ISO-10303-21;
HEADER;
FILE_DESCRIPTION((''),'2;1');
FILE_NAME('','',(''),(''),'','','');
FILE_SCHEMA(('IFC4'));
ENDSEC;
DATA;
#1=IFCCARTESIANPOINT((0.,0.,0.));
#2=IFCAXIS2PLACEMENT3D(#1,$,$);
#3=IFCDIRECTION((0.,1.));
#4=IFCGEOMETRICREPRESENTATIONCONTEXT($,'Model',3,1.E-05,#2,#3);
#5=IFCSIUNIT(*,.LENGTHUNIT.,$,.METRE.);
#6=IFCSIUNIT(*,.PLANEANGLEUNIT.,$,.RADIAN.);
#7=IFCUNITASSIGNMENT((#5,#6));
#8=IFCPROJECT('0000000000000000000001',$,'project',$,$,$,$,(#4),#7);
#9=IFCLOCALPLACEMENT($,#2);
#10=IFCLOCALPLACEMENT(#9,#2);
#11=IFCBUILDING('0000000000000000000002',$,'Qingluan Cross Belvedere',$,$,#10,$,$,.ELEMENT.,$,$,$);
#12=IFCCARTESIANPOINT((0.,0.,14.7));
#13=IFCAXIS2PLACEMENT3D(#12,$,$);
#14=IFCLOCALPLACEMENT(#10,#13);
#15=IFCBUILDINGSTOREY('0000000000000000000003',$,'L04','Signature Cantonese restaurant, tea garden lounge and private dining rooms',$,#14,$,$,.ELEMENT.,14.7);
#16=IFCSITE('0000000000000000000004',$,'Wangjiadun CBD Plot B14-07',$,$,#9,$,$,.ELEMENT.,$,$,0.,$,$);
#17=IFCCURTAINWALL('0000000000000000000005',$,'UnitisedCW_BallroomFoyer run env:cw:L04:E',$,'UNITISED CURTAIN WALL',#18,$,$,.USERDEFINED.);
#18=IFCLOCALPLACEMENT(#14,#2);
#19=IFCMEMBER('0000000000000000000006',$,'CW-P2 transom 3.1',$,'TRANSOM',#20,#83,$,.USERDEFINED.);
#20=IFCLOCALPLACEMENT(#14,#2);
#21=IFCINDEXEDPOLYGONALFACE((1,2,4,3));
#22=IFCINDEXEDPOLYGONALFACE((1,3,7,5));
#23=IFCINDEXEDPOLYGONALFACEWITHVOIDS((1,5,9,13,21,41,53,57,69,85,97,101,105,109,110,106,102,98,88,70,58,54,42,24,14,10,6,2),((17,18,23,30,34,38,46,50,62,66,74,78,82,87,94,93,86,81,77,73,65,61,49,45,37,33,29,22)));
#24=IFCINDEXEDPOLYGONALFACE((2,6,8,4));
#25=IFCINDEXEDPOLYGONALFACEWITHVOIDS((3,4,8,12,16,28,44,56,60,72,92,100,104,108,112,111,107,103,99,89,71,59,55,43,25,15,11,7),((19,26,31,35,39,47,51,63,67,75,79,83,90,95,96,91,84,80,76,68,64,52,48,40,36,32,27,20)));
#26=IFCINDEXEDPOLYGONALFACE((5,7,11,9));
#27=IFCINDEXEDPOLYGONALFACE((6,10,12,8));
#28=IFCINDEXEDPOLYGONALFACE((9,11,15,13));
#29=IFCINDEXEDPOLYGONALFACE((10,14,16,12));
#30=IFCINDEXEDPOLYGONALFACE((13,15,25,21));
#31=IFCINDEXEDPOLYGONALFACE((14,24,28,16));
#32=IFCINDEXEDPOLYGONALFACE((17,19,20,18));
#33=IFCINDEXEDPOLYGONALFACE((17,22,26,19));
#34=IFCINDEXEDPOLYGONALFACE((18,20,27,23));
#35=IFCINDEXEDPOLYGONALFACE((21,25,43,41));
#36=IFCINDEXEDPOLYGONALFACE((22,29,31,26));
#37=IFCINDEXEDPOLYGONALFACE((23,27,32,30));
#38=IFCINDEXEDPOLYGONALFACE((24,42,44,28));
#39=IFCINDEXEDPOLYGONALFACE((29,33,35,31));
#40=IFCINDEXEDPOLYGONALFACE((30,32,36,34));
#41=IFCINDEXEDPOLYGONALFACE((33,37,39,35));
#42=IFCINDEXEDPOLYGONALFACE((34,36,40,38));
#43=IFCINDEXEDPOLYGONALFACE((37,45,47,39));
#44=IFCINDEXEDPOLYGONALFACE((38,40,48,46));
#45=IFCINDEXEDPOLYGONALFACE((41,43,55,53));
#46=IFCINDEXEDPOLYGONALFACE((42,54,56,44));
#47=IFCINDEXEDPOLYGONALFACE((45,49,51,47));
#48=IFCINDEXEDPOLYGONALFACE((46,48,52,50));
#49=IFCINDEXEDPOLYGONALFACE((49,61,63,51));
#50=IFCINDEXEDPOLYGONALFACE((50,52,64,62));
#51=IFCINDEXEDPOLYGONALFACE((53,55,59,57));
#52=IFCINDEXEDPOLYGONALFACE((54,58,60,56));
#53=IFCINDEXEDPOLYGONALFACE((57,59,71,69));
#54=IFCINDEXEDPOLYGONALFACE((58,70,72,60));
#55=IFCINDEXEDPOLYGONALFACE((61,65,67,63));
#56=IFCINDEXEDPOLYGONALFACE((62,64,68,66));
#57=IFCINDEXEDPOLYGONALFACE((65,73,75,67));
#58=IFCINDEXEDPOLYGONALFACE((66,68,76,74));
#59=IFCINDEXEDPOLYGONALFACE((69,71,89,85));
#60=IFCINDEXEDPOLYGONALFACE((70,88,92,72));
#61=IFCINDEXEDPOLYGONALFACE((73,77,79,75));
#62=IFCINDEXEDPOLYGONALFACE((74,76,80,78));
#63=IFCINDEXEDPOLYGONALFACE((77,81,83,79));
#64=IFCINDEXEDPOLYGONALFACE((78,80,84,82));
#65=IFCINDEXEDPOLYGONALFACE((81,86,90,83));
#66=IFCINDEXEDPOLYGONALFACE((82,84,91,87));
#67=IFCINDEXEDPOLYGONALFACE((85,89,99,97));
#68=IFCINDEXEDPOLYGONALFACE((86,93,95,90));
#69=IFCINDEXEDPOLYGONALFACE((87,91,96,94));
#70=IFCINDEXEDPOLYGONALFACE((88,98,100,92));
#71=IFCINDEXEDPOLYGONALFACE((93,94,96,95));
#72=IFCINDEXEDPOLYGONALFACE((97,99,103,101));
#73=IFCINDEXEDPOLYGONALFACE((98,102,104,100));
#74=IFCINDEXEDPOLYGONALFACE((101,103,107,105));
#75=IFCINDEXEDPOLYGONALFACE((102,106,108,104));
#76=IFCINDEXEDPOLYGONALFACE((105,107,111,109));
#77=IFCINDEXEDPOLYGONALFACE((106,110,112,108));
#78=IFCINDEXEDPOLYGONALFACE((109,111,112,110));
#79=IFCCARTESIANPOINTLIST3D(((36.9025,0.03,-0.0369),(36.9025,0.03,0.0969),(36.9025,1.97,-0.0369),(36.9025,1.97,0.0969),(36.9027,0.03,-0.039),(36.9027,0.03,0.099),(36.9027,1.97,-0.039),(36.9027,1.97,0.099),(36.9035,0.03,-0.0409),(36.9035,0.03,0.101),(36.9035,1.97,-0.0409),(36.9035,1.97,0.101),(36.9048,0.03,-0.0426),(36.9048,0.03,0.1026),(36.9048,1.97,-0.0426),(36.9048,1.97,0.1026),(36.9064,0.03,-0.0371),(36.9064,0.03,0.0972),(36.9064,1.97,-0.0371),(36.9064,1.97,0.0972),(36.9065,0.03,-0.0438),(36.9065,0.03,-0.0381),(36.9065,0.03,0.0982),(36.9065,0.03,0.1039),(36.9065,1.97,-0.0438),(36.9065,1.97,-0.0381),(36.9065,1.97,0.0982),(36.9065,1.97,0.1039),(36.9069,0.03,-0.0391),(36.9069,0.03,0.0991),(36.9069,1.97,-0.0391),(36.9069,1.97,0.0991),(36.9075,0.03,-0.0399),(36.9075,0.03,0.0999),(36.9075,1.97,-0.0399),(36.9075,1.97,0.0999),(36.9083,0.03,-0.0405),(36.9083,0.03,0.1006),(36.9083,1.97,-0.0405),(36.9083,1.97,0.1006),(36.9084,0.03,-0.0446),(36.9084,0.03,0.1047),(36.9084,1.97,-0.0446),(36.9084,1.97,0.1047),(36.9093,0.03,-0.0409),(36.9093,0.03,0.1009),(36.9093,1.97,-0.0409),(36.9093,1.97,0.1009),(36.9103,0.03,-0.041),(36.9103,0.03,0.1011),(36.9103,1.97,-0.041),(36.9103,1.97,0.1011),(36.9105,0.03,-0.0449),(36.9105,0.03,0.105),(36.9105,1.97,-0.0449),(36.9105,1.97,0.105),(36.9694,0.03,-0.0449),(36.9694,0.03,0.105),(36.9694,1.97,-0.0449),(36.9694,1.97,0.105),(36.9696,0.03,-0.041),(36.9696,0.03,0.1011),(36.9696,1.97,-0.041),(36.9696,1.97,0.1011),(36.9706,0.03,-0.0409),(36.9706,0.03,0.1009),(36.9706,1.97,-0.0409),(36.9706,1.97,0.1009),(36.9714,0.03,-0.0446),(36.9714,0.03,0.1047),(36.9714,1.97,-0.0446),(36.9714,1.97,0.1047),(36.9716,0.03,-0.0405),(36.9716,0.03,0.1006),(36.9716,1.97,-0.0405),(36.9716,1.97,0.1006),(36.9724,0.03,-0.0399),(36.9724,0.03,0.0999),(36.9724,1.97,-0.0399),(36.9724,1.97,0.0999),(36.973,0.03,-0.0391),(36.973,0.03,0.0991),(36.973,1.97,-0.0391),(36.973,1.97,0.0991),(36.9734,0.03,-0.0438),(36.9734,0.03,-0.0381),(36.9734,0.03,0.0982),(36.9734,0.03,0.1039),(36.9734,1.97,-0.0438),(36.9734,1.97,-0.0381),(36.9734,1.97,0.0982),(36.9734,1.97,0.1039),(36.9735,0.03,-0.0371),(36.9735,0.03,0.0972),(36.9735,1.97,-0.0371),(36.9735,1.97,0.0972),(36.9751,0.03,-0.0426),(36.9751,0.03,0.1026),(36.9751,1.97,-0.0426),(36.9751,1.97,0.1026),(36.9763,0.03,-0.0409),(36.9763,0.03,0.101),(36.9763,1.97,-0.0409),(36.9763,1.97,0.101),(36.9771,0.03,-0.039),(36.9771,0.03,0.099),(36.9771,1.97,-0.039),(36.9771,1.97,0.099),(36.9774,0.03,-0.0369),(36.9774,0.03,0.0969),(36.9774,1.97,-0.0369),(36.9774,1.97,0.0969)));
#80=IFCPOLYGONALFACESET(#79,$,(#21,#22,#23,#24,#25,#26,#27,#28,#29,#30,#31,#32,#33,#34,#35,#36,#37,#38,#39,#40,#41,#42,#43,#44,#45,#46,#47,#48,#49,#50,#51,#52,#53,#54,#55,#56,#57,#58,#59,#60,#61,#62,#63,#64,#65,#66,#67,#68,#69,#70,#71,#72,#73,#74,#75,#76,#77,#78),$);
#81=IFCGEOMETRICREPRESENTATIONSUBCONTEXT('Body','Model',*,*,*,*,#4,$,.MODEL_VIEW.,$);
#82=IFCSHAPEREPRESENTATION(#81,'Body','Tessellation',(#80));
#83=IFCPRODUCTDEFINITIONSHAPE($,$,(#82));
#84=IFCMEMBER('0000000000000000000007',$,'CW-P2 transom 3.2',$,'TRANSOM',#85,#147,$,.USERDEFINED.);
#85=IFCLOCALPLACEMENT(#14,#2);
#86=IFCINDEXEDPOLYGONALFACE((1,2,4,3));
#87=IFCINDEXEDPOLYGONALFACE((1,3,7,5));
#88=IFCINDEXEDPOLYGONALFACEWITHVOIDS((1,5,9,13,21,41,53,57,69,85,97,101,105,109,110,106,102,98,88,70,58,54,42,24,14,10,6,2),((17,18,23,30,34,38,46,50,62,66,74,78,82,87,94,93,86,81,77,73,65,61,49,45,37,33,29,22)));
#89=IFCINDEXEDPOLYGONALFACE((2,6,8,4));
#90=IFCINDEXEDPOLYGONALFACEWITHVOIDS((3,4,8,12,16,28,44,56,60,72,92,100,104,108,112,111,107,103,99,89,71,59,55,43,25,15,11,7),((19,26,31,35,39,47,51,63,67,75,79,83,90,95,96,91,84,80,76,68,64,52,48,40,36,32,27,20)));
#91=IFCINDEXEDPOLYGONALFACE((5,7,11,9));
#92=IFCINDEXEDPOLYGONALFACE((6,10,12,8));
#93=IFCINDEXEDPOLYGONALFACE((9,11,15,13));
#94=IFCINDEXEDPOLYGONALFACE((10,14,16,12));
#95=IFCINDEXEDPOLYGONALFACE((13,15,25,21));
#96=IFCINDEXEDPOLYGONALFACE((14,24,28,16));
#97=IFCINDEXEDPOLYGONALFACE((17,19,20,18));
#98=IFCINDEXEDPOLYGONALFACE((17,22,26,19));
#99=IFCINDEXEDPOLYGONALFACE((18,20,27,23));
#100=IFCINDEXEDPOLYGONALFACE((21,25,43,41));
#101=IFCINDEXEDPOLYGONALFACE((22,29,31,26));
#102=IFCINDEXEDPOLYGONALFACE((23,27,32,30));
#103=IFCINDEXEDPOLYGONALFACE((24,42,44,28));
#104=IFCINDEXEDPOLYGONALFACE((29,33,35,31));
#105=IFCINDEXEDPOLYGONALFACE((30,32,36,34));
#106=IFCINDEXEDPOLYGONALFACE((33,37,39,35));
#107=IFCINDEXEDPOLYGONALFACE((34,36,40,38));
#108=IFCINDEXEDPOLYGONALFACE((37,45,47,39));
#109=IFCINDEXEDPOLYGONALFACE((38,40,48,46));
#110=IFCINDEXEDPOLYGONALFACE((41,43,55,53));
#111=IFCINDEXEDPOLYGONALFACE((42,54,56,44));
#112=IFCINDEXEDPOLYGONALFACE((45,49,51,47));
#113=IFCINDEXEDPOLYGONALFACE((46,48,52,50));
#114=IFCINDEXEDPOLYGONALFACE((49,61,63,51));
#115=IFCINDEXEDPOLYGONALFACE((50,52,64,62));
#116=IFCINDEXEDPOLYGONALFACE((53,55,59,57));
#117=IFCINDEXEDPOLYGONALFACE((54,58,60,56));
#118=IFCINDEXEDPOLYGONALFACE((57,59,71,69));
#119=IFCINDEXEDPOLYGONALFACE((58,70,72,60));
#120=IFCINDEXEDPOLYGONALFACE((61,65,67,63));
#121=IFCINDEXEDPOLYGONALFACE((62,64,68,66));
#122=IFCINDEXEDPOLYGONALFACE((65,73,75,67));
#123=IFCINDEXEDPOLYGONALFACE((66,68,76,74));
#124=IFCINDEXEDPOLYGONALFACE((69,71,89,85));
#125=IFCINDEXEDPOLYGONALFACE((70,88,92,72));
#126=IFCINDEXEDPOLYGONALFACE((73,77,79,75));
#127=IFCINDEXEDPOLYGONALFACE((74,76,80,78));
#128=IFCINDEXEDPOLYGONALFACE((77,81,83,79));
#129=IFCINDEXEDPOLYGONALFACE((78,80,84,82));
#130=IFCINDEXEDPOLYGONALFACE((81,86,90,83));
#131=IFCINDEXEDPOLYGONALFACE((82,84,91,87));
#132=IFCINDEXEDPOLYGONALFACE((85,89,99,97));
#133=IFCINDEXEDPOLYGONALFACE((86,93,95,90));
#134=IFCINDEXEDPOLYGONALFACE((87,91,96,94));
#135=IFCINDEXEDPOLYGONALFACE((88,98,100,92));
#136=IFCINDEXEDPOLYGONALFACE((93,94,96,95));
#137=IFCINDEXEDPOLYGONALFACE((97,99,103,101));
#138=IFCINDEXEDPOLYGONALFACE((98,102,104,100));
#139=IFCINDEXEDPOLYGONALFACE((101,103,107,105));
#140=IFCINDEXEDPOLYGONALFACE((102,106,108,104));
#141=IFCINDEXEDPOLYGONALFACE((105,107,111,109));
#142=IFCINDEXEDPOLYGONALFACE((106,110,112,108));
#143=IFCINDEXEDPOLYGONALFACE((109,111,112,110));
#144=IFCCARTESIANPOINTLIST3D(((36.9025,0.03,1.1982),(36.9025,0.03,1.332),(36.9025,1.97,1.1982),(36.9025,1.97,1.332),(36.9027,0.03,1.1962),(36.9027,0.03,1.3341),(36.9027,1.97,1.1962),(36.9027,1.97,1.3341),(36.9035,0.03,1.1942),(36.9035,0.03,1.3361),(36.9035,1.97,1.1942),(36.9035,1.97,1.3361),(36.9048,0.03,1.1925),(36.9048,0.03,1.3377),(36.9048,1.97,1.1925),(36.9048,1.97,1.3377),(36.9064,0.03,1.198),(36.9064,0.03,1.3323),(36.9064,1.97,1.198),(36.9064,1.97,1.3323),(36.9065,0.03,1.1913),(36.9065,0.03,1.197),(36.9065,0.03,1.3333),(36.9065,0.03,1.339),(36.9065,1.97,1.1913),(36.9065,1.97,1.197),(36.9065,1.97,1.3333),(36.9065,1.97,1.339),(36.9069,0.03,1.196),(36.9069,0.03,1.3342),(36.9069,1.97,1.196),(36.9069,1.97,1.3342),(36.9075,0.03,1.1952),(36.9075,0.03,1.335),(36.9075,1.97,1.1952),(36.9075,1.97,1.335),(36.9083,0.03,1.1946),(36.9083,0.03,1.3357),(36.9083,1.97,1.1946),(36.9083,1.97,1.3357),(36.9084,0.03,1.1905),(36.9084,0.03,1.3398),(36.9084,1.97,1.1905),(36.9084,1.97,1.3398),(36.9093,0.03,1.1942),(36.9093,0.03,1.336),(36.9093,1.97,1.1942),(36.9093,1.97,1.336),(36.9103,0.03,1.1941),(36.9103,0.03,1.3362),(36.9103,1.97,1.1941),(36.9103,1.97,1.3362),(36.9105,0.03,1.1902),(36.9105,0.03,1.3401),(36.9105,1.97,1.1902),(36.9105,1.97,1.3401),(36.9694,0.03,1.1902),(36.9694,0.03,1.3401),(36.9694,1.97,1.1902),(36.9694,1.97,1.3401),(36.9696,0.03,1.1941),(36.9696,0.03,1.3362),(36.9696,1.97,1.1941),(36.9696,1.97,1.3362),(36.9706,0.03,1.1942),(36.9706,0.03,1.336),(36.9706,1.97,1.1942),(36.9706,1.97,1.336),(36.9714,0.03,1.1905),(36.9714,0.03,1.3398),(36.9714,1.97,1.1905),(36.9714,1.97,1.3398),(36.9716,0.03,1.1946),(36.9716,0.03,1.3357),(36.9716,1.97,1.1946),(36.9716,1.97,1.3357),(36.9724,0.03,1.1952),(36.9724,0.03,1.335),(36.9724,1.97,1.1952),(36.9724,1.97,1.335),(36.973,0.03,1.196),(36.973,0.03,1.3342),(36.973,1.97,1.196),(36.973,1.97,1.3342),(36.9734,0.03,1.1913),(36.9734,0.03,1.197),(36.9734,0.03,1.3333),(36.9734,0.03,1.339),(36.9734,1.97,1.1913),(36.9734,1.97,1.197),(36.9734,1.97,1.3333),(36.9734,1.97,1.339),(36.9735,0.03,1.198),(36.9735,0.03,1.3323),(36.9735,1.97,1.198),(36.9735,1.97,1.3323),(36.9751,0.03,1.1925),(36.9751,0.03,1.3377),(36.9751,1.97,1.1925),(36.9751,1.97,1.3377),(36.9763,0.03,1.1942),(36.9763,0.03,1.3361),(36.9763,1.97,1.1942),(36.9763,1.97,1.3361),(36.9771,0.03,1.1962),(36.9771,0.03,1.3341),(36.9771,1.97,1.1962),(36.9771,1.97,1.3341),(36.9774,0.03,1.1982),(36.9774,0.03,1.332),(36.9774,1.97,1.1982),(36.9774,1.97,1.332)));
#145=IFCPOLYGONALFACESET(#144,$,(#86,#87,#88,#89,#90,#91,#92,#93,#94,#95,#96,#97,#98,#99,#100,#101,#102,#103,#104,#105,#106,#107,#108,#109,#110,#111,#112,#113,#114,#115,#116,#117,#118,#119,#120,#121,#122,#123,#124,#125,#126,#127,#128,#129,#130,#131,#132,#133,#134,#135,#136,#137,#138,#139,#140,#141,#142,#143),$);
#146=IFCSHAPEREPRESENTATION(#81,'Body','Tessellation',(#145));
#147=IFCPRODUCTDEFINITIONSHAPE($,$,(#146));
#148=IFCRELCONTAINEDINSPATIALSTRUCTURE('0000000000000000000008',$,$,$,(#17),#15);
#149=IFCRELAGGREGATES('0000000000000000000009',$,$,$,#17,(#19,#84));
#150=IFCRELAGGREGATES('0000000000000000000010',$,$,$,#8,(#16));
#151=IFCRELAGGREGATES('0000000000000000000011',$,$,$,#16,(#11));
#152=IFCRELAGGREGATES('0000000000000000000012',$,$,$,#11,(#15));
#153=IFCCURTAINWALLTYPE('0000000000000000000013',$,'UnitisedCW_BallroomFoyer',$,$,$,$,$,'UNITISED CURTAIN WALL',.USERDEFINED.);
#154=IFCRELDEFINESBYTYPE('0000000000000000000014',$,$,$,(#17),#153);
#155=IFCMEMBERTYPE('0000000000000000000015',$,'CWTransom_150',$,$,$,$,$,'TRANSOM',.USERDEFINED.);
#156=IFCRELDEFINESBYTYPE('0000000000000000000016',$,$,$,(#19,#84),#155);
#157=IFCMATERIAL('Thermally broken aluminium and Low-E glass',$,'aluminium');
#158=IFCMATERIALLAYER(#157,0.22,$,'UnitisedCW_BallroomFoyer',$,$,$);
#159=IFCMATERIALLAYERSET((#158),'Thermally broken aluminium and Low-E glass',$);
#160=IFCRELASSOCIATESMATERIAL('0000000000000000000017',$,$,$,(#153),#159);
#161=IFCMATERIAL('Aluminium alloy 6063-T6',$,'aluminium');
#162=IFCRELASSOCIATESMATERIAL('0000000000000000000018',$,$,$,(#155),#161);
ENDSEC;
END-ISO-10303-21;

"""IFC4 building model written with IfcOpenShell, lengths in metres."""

from ifc_helpers import new_model, si_unit, direction, frame, origin, origin_2d, place, context, subcontext, project, spatial, hollow_rectangle, extrude, material, layer, layer_set, material_profile, profile_set, type_object, element, aggregate, save


model = new_model("IFC4")

# Units and contexts
model_context = context("Model", 3, precision=1e-05, world=origin(), true_north=direction((0.0, 1.0)))
body_context = subcontext(model_context, "Body", "Model", "MODEL_VIEW")
ifc_project = project(units=[si_unit("LENGTHUNIT", "METRE"), si_unit("PLANEANGLEUNIT", "RADIAN")], contexts=[model_context])

# Site, building, storey
site_placement = place(None, origin())
site = spatial("IfcSite", under=ifc_project, at=site_placement, Name="Wangjiadun CBD Plot B14-07", CompositionType="ELEMENT", RefElevation=0.0)
building_placement = place(site_placement, origin())
building = spatial("IfcBuilding", under=site, at=building_placement, Name="Qingluan Cross Belvedere", CompositionType="ELEMENT")
storey_placement = place(building_placement, frame((0.0, 0.0, 14.7)))
storey = spatial("IfcBuildingStorey", under=building, at=storey_placement, Name="L04", Description="Signature Cantonese restaurant, tea garden lounge and private dining rooms", CompositionType="ELEMENT", Elevation=14.7)

# Curtain wall, members
ifc_material_1 = material(Name="Thermally broken aluminium and Low-E glass", Category="aluminium")
ifc_layer_1 = layer(ifc_material_1, 0.22, Name="UnitisedCW_BallroomFoyer")
ifc_layer_set_1 = layer_set([ifc_layer_1], Name="Thermally broken aluminium and Low-E glass")
curtain_wall_type = type_object("IfcCurtainWallType", Name="UnitisedCW_BallroomFoyer", ElementType="UNITISED CURTAIN WALL", PredefinedType="USERDEFINED", material=ifc_layer_set_1)
curtain_wall_placement = place(storey_placement, origin())
curtain_wall = element("IfcCurtainWall", 1, at=curtain_wall_placement, inside=storey, type_object=curtain_wall_type, Name="UnitisedCW_BallroomFoyer run env:cw:L04:E", ObjectType="UNITISED CURTAIN WALL", PredefinedType="USERDEFINED")
ifc_material_2 = material(Name="Aluminium alloy 6063-T6", Category="aluminium")
ifc_material_profile_1 = material_profile(ifc_material_2, hollow_rectangle(XDim=0.075, YDim=0.1499, WallThickness=0.0039, InnerFilletRadius=0.0039, OuterFilletRadius=0.0081, at=origin_2d()), Name="CWT150x75x4")
ifc_profile_set_1 = profile_set([ifc_material_profile_1], Name="Aluminium alloy 6063-T6")
member_type_1 = type_object("IfcMemberType", Name="CWTransom_150", ElementType="TRANSOM", PredefinedType="USERDEFINED", material=ifc_profile_set_1)
member_1_placement = place(storey_placement, frame((36.9399, 1.97, 0.03), z_axis=(0.0, -1.0, 0.0), x_axis=(1.0, 0.0, 0.0)))
member_1 = element("IfcMember", 2, at=member_1_placement, type_object=member_type_1, Name="CW-P2 transom 3.1", ObjectType="TRANSOM", PredefinedType="USERDEFINED", context=body_context, shape_type="SweptSolid", body=[
    extrude(hollow_rectangle(XDim=0.075, YDim=0.1499, WallThickness=0.0039, InnerFilletRadius=0.0039, OuterFilletRadius=0.0081, at=origin_2d()), origin(), (0.0, 0.0, 1.0), 1.9399),
])
member_2_placement = place(storey_placement, frame((36.9399, 1.97, 1.2651), z_axis=(0.0, -1.0, 0.0), x_axis=(1.0, 0.0, 0.0)))
member_2 = element("IfcMember", 3, at=member_2_placement, type_object=member_type_1, Name="CW-P2 transom 3.2", ObjectType="TRANSOM", PredefinedType="USERDEFINED", context=body_context, shape_type="SweptSolid", body=[
    extrude(hollow_rectangle(XDim=0.075, YDim=0.1499, WallThickness=0.0039, InnerFilletRadius=0.0039, OuterFilletRadius=0.0081, at=origin_2d()), origin(), (0.0, 0.0, 1.0), 1.9399),
])
aggregate(curtain_wall, [member_1, member_2])

save(model, "model.ifc")
